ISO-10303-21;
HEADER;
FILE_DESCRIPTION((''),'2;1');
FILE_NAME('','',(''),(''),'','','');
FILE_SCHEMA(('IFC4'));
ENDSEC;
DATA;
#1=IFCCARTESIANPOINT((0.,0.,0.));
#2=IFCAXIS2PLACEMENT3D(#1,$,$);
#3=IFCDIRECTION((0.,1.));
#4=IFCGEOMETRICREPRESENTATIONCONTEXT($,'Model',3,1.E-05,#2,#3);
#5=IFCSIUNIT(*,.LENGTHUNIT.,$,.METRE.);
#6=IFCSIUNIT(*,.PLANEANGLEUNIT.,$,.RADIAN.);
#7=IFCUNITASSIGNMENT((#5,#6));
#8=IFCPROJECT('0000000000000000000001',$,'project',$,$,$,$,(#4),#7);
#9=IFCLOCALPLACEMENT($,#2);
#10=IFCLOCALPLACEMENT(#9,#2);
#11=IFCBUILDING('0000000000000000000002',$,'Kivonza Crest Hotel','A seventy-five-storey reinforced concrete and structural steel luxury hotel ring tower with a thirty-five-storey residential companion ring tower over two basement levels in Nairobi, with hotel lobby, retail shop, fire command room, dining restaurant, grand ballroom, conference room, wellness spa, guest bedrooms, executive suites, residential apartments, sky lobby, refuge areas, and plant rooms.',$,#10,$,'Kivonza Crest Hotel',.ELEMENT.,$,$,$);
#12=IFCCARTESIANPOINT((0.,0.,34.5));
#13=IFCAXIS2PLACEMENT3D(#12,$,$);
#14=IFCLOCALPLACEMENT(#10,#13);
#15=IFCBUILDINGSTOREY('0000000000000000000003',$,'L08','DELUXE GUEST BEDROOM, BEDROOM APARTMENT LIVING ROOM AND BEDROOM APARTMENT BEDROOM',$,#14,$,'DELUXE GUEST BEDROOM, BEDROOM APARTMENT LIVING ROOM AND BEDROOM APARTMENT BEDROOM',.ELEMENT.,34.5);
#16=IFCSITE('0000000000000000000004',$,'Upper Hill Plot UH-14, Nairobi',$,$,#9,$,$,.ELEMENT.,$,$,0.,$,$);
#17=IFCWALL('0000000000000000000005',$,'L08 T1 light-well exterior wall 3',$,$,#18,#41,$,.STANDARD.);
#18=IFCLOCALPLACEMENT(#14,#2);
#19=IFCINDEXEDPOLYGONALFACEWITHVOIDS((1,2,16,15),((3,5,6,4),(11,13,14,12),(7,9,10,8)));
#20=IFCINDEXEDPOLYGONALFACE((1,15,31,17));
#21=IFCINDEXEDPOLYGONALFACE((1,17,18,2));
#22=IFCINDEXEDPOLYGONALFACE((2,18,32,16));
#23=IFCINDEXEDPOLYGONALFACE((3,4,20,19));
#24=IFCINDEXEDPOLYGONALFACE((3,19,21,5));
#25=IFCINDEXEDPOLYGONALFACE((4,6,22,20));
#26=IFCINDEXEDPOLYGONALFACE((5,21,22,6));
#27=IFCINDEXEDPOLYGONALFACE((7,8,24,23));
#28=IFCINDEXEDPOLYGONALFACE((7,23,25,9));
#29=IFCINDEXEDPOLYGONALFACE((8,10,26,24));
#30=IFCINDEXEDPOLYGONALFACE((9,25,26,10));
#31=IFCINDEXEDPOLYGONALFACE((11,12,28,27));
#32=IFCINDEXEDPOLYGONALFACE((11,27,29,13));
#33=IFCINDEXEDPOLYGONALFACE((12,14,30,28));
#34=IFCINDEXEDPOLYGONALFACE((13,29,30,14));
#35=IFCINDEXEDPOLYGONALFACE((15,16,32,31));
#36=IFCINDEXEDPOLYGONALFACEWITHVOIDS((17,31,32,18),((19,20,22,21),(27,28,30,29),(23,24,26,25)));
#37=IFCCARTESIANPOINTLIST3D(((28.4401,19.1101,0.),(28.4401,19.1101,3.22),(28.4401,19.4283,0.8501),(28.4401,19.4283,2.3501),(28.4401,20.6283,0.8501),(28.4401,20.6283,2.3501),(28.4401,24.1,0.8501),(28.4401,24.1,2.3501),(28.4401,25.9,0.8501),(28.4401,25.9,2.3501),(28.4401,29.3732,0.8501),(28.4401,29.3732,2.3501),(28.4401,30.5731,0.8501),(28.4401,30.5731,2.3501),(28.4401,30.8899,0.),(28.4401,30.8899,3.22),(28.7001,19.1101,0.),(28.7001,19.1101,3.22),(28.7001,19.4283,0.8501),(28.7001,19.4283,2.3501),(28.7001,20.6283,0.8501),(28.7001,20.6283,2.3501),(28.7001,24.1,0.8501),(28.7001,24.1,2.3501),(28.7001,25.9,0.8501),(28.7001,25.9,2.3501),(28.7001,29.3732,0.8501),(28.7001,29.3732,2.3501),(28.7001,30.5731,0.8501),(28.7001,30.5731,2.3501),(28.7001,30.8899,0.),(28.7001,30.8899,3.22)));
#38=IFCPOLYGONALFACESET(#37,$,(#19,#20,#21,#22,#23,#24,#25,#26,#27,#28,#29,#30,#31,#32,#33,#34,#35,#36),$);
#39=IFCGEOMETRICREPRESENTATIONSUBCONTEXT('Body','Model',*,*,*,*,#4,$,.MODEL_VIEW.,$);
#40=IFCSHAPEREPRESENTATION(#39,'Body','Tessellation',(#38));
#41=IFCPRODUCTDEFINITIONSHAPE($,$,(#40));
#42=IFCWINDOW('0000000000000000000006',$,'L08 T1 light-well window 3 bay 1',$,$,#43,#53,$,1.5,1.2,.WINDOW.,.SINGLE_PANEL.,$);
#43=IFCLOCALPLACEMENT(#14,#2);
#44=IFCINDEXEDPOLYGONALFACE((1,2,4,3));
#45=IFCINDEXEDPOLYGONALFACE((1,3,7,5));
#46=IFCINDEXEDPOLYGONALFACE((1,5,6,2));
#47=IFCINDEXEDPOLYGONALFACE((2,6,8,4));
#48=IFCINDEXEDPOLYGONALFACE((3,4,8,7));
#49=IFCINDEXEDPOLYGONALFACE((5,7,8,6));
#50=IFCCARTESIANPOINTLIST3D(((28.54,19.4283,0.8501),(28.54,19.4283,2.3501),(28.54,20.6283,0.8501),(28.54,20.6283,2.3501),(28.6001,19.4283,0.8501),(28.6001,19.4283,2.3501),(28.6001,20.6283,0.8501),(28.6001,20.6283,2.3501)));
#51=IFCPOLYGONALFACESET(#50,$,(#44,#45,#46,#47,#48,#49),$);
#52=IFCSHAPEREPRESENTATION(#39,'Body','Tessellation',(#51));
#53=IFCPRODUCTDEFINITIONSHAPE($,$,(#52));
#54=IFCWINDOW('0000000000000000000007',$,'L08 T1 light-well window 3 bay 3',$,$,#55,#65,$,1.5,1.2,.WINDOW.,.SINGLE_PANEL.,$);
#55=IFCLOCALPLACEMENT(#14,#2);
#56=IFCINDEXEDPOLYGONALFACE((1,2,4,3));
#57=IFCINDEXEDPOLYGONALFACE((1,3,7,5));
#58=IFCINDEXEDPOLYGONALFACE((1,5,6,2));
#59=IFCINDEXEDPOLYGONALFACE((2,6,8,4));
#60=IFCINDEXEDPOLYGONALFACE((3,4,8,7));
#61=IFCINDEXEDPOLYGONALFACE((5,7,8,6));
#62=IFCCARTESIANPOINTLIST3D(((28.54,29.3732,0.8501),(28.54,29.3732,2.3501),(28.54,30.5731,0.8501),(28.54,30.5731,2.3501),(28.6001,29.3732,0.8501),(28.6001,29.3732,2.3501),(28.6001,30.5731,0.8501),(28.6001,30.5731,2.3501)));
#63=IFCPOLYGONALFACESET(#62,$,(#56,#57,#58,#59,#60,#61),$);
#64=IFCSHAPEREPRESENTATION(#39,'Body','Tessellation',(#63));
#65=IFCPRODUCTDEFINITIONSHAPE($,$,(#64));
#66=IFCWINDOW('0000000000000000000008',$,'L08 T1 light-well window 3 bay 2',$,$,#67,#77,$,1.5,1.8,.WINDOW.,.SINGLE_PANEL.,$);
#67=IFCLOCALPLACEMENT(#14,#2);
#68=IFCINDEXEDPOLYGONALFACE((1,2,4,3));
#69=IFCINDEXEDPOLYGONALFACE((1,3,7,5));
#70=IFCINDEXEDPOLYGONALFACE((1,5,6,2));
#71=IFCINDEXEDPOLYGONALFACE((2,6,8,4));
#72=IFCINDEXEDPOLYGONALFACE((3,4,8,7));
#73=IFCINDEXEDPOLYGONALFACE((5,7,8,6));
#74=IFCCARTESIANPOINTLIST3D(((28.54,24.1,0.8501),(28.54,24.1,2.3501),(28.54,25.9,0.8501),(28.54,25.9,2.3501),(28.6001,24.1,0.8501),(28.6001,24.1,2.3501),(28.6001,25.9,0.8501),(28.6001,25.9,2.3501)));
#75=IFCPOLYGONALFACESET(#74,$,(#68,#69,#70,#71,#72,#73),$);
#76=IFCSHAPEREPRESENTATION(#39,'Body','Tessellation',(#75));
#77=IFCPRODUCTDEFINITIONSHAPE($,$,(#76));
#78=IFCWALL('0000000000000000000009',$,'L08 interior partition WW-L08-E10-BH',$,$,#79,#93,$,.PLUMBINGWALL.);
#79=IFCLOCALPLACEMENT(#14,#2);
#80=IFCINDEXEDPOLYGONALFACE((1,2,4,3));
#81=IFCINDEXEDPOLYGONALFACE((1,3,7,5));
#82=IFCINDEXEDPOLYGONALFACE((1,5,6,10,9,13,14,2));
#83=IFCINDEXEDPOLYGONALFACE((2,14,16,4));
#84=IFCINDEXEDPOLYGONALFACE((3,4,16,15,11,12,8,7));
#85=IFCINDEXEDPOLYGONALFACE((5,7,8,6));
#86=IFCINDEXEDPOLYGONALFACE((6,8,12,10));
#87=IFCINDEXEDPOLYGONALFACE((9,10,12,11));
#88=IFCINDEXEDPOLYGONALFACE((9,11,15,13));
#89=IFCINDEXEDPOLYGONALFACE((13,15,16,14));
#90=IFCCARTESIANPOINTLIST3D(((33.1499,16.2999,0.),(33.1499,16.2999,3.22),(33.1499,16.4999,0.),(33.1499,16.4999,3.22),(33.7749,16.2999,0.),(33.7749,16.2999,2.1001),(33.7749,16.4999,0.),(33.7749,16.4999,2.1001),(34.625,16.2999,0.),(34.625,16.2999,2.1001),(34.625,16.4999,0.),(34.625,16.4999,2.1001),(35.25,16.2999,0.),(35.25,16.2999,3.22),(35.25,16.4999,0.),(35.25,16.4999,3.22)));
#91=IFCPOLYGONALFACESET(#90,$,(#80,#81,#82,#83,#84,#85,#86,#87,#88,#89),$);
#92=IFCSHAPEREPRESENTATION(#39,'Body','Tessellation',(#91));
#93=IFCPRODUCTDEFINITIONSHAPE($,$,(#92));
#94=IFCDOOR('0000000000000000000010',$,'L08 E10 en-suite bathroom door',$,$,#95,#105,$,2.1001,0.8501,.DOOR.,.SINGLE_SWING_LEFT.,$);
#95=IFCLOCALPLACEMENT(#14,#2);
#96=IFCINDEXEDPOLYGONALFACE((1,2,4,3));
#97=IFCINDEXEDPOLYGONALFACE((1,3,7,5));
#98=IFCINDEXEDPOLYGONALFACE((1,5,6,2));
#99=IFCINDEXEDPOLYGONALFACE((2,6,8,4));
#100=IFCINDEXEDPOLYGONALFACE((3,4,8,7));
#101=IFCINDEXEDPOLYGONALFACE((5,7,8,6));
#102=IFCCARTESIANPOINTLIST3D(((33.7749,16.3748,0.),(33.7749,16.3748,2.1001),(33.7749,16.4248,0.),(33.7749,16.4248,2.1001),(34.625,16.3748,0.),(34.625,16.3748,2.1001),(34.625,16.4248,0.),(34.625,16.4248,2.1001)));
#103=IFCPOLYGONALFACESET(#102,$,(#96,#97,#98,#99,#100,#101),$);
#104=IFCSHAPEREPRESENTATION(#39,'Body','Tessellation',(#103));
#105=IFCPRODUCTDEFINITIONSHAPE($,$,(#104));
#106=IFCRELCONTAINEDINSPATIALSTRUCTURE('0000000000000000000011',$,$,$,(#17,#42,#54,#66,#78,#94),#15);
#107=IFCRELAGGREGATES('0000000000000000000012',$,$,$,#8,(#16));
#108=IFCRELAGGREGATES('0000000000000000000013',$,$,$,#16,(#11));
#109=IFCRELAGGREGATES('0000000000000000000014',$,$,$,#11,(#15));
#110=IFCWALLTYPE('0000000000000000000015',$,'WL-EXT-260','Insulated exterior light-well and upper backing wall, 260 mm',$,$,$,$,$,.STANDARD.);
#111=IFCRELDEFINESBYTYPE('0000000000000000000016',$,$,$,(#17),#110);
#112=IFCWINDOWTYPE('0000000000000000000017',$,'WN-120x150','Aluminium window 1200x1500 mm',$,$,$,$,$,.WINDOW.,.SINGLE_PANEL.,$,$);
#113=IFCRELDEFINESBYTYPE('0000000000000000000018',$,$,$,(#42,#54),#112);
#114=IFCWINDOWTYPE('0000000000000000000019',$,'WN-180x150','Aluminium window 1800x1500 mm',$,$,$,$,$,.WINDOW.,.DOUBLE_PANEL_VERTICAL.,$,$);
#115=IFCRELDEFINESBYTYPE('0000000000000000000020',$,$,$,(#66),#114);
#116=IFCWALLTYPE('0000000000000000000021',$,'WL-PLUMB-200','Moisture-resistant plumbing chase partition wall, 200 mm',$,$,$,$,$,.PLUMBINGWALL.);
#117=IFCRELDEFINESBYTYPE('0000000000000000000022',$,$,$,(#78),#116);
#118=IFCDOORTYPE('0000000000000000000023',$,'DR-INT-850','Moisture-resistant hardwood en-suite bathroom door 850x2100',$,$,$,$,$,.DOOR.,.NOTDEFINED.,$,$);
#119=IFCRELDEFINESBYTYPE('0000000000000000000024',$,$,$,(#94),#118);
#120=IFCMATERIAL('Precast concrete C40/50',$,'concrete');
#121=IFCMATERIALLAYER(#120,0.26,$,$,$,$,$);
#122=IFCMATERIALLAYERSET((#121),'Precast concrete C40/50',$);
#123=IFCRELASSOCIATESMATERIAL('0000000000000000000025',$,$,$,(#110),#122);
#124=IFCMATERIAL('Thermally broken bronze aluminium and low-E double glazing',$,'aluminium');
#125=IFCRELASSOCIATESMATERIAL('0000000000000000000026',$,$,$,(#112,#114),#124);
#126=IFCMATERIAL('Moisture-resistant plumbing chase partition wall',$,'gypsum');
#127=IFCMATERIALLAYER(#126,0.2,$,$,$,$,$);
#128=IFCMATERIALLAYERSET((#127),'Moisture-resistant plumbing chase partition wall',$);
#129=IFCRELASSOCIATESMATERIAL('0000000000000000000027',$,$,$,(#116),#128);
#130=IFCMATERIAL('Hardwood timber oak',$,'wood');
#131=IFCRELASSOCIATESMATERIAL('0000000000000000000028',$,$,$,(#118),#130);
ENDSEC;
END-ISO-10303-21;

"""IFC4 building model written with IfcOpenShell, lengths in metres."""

from ifc_helpers import new_model, si_unit, direction, frame, frame_2d, origin, place, context, subcontext, project, spatial, rectangle, extrude, material, layer, layer_set, type_object, element, fill, save


model = new_model("IFC4")

# Units and contexts
model_context = context("Model", 3, precision=1e-05, world=origin(), true_north=direction((0.0, 1.0)))
body_context = subcontext(model_context, "Body", "Model", "MODEL_VIEW")
ifc_project = project(units=[si_unit("LENGTHUNIT", "METRE"), si_unit("PLANEANGLEUNIT", "RADIAN")], contexts=[model_context])

# Site, building, storey
site_placement = place(None, origin())
site = spatial("IfcSite", under=ifc_project, at=site_placement, Name="Upper Hill Plot UH-14, Nairobi", CompositionType="ELEMENT", RefElevation=0.0)
building_placement = place(site_placement, origin())
building = spatial("IfcBuilding", under=site, at=building_placement, Name="Kivonza Crest Hotel", Description="A seventy-five-storey reinforced concrete and structural steel luxury hotel ring tower with a thirty-five-storey residential companion ring tower over two basement levels in Nairobi, with hotel lobby, retail shop, fire command room, dining restaurant, grand ballroom, conference room, wellness spa, guest bedrooms, executive suites, residential apartments, sky lobby, refuge areas, and plant rooms.", LongName="Kivonza Crest Hotel", CompositionType="ELEMENT")
storey_placement = place(building_placement, frame((0.0, 0.0, 34.5)))
storey = spatial("IfcBuildingStorey", under=building, at=storey_placement, Name="L08", Description="DELUXE GUEST BEDROOM, BEDROOM APARTMENT LIVING ROOM AND BEDROOM APARTMENT BEDROOM", LongName="DELUXE GUEST BEDROOM, BEDROOM APARTMENT LIVING ROOM AND BEDROOM APARTMENT BEDROOM", CompositionType="ELEMENT", Elevation=34.5)

# Shared definitions
ifc_material_1 = material(Name="Hardwood timber oak", Category="wood")

# Wall, openings, windows
ifc_material_2 = material(Name="Precast concrete C40/50", Category="concrete")
ifc_layer_1 = layer(ifc_material_2, 0.26)
ifc_layer_set_1 = layer_set([ifc_layer_1], Name="Precast concrete C40/50")
wall_type_1 = type_object("IfcWallType", Name="WL-EXT-260", Description="Insulated exterior light-well and upper backing wall, 260 mm", PredefinedType="STANDARD", material=ifc_layer_set_1)
wall_1_placement = place(storey_placement, frame((28.5701, 19.1101, 0.0), z_axis=(0.0, 0.0, 1.0), x_axis=(0.0, 1.0, 0.0)))
wall_1 = element("IfcWall", 1, at=wall_1_placement, inside=storey, type_object=wall_type_1, Name="L08 T1 light-well exterior wall 3", PredefinedType="STANDARD", context=body_context, shape_type="SweptSolid", body=[
    extrude(rectangle(XDim=11.7798, YDim=0.26, at=frame_2d((5.8899, 0.0))), origin(), (0.0, 0.0, 1.0), 3.22),
])
opening_1_placement = place(wall_1_placement, frame((0.3181, 0.0, 0.8501)))
opening_1 = element("IfcOpeningElement", 2, at=opening_1_placement, cuts=wall_1, PredefinedType="OPENING", context=body_context, shape_type="SweptSolid", body=[
    extrude(rectangle(XDim=1.2, YDim=1.5, at=frame_2d((0.6001, 0.75))), frame((0.0, 0.1401, 0.0), z_axis=(0.0, -1.0, 0.0), x_axis=(1.0, 0.0, 0.0)), (0.0, 0.0, 1.0), 0.28),
])
opening_2_placement = place(wall_1_placement, frame((4.99, 0.0, 0.8501)))
opening_2 = element("IfcOpeningElement", 3, at=opening_2_placement, cuts=wall_1, PredefinedType="OPENING", context=body_context, shape_type="SweptSolid", body=[
    extrude(rectangle(XDim=1.8, YDim=1.5, at=frame_2d((0.8999, 0.75))), frame((0.0, 0.1401, 0.0), z_axis=(0.0, -1.0, 0.0), x_axis=(1.0, 0.0, 0.0)), (0.0, 0.0, 1.0), 0.28),
])
opening_3_placement = place(wall_1_placement, frame((10.2629, 0.0, 0.8501)))
opening_3 = element("IfcOpeningElement", 4, at=opening_3_placement, cuts=wall_1, PredefinedType="OPENING", context=body_context, shape_type="SweptSolid", body=[
    extrude(rectangle(XDim=1.2, YDim=1.5, at=frame_2d((0.6001, 0.75))), frame((0.0, 0.1401, 0.0), z_axis=(0.0, -1.0, 0.0), x_axis=(1.0, 0.0, 0.0)), (0.0, 0.0, 1.0), 0.28),
])
ifc_material_3 = material(Name="Thermally broken bronze aluminium and low-E double glazing", Category="aluminium")
window_type_1 = type_object("IfcWindowType", Name="WN-120x150", Description="Aluminium window 1200x1500 mm", PartitioningType="SINGLE_PANEL", PredefinedType="WINDOW", material=ifc_material_3)
window_1_placement = place(opening_1_placement, origin())
window_1 = element("IfcWindow", 5, at=window_1_placement, inside=storey, type_object=window_type_1, Name="L08 T1 light-well window 3 bay 1", OverallHeight=1.5, OverallWidth=1.2, PartitioningType="SINGLE_PANEL", PredefinedType="WINDOW", context=body_context, shape_type="SweptSolid", body=[
    extrude(rectangle(XDim=1.2, YDim=1.5, at=frame_2d((0.6001, 0.75))), frame((0.0, 0.03, 0.0), z_axis=(0.0, -1.0, 0.0), x_axis=(1.0, 0.0, 0.0)), (0.0, 0.0, 1.0), 0.0601),
])
fill(opening_1, window_1)
window_2_placement = place(opening_3_placement, origin())
window_2 = element("IfcWindow", 6, at=window_2_placement, inside=storey, type_object=window_type_1, Name="L08 T1 light-well window 3 bay 3", OverallHeight=1.5, OverallWidth=1.2, PartitioningType="SINGLE_PANEL", PredefinedType="WINDOW", context=body_context, shape_type="SweptSolid", body=[
    extrude(rectangle(XDim=1.2, YDim=1.5, at=frame_2d((0.6001, 0.75))), frame((0.0, 0.03, 0.0), z_axis=(0.0, -1.0, 0.0), x_axis=(1.0, 0.0, 0.0)), (0.0, 0.0, 1.0), 0.0601),
])
fill(opening_3, window_2)
window_type_2 = type_object("IfcWindowType", Name="WN-180x150", Description="Aluminium window 1800x1500 mm", PartitioningType="DOUBLE_PANEL_VERTICAL", PredefinedType="WINDOW", material=ifc_material_3)
window_3_placement = place(opening_2_placement, origin())
window_3 = element("IfcWindow", 7, at=window_3_placement, inside=storey, type_object=window_type_2, Name="L08 T1 light-well window 3 bay 2", OverallHeight=1.5, OverallWidth=1.8, PartitioningType="SINGLE_PANEL", PredefinedType="WINDOW", context=body_context, shape_type="SweptSolid", body=[
    extrude(rectangle(XDim=1.8, YDim=1.5, at=frame_2d((0.8999, 0.75))), frame((0.0, 0.03, 0.0), z_axis=(0.0, -1.0, 0.0), x_axis=(1.0, 0.0, 0.0)), (0.0, 0.0, 1.0), 0.0601),
])
fill(opening_2, window_3)

# Wall, opening, door
ifc_material_4 = material(Name="Moisture-resistant plumbing chase partition wall", Category="gypsum")
ifc_layer_2 = layer(ifc_material_4, 0.2)
ifc_layer_set_2 = layer_set([ifc_layer_2], Name="Moisture-resistant plumbing chase partition wall")
wall_type_2 = type_object("IfcWallType", Name="WL-PLUMB-200", Description="Moisture-resistant plumbing chase partition wall, 200 mm", PredefinedType="PLUMBINGWALL", material=ifc_layer_set_2)
wall_2_placement = place(storey_placement, frame((33.1499, 16.3999, 0.0), z_axis=(0.0, 0.0, 1.0), x_axis=(1.0, 0.0, 0.0)))
wall_2 = element("IfcWall", 8, at=wall_2_placement, inside=storey, type_object=wall_type_2, Name="L08 interior partition WW-L08-E10-BH", PredefinedType="PLUMBINGWALL", context=body_context, shape_type="SweptSolid", body=[
    extrude(rectangle(XDim=2.1001, YDim=0.2, at=frame_2d((1.05, 0.0))), origin(), (0.0, 0.0, 1.0), 3.22),
])
opening_4_placement = place(wall_2_placement, frame((0.625, 0.0, 0.0)))
opening_4 = element("IfcOpeningElement", 9, at=opening_4_placement, cuts=wall_2, PredefinedType="OPENING", context=body_context, shape_type="SweptSolid", body=[
    extrude(rectangle(XDim=0.8501, YDim=2.1001, at=frame_2d((0.425, 1.05))), frame((0.0, 0.1099, 0.0), z_axis=(0.0, -1.0, 0.0), x_axis=(1.0, 0.0, 0.0)), (0.0, 0.0, 1.0), 0.22),
])
door_type_1 = type_object("IfcDoorType", Name="DR-INT-850", Description="Moisture-resistant hardwood en-suite bathroom door 850x2100", OperationType="NOTDEFINED", PredefinedType="DOOR", material=ifc_material_1)
door_1_placement = place(opening_4_placement, origin())
door_1 = element("IfcDoor", 10, at=door_1_placement, inside=storey, type_object=door_type_1, Name="L08 E10 en-suite bathroom door", OperationType="SINGLE_SWING_LEFT", OverallHeight=2.1001, OverallWidth=0.8501, PredefinedType="DOOR", context=body_context, shape_type="SweptSolid", body=[
    extrude(rectangle(XDim=0.8501, YDim=2.1001, at=frame_2d((0.425, 1.05))), frame((0.0, 0.0249, 0.0), z_axis=(0.0, -1.0, 0.0), x_axis=(1.0, 0.0, 0.0)), (0.0, 0.0, 1.0), 0.05),
])
fill(opening_4, door_1)

save(model, "model.ifc")
